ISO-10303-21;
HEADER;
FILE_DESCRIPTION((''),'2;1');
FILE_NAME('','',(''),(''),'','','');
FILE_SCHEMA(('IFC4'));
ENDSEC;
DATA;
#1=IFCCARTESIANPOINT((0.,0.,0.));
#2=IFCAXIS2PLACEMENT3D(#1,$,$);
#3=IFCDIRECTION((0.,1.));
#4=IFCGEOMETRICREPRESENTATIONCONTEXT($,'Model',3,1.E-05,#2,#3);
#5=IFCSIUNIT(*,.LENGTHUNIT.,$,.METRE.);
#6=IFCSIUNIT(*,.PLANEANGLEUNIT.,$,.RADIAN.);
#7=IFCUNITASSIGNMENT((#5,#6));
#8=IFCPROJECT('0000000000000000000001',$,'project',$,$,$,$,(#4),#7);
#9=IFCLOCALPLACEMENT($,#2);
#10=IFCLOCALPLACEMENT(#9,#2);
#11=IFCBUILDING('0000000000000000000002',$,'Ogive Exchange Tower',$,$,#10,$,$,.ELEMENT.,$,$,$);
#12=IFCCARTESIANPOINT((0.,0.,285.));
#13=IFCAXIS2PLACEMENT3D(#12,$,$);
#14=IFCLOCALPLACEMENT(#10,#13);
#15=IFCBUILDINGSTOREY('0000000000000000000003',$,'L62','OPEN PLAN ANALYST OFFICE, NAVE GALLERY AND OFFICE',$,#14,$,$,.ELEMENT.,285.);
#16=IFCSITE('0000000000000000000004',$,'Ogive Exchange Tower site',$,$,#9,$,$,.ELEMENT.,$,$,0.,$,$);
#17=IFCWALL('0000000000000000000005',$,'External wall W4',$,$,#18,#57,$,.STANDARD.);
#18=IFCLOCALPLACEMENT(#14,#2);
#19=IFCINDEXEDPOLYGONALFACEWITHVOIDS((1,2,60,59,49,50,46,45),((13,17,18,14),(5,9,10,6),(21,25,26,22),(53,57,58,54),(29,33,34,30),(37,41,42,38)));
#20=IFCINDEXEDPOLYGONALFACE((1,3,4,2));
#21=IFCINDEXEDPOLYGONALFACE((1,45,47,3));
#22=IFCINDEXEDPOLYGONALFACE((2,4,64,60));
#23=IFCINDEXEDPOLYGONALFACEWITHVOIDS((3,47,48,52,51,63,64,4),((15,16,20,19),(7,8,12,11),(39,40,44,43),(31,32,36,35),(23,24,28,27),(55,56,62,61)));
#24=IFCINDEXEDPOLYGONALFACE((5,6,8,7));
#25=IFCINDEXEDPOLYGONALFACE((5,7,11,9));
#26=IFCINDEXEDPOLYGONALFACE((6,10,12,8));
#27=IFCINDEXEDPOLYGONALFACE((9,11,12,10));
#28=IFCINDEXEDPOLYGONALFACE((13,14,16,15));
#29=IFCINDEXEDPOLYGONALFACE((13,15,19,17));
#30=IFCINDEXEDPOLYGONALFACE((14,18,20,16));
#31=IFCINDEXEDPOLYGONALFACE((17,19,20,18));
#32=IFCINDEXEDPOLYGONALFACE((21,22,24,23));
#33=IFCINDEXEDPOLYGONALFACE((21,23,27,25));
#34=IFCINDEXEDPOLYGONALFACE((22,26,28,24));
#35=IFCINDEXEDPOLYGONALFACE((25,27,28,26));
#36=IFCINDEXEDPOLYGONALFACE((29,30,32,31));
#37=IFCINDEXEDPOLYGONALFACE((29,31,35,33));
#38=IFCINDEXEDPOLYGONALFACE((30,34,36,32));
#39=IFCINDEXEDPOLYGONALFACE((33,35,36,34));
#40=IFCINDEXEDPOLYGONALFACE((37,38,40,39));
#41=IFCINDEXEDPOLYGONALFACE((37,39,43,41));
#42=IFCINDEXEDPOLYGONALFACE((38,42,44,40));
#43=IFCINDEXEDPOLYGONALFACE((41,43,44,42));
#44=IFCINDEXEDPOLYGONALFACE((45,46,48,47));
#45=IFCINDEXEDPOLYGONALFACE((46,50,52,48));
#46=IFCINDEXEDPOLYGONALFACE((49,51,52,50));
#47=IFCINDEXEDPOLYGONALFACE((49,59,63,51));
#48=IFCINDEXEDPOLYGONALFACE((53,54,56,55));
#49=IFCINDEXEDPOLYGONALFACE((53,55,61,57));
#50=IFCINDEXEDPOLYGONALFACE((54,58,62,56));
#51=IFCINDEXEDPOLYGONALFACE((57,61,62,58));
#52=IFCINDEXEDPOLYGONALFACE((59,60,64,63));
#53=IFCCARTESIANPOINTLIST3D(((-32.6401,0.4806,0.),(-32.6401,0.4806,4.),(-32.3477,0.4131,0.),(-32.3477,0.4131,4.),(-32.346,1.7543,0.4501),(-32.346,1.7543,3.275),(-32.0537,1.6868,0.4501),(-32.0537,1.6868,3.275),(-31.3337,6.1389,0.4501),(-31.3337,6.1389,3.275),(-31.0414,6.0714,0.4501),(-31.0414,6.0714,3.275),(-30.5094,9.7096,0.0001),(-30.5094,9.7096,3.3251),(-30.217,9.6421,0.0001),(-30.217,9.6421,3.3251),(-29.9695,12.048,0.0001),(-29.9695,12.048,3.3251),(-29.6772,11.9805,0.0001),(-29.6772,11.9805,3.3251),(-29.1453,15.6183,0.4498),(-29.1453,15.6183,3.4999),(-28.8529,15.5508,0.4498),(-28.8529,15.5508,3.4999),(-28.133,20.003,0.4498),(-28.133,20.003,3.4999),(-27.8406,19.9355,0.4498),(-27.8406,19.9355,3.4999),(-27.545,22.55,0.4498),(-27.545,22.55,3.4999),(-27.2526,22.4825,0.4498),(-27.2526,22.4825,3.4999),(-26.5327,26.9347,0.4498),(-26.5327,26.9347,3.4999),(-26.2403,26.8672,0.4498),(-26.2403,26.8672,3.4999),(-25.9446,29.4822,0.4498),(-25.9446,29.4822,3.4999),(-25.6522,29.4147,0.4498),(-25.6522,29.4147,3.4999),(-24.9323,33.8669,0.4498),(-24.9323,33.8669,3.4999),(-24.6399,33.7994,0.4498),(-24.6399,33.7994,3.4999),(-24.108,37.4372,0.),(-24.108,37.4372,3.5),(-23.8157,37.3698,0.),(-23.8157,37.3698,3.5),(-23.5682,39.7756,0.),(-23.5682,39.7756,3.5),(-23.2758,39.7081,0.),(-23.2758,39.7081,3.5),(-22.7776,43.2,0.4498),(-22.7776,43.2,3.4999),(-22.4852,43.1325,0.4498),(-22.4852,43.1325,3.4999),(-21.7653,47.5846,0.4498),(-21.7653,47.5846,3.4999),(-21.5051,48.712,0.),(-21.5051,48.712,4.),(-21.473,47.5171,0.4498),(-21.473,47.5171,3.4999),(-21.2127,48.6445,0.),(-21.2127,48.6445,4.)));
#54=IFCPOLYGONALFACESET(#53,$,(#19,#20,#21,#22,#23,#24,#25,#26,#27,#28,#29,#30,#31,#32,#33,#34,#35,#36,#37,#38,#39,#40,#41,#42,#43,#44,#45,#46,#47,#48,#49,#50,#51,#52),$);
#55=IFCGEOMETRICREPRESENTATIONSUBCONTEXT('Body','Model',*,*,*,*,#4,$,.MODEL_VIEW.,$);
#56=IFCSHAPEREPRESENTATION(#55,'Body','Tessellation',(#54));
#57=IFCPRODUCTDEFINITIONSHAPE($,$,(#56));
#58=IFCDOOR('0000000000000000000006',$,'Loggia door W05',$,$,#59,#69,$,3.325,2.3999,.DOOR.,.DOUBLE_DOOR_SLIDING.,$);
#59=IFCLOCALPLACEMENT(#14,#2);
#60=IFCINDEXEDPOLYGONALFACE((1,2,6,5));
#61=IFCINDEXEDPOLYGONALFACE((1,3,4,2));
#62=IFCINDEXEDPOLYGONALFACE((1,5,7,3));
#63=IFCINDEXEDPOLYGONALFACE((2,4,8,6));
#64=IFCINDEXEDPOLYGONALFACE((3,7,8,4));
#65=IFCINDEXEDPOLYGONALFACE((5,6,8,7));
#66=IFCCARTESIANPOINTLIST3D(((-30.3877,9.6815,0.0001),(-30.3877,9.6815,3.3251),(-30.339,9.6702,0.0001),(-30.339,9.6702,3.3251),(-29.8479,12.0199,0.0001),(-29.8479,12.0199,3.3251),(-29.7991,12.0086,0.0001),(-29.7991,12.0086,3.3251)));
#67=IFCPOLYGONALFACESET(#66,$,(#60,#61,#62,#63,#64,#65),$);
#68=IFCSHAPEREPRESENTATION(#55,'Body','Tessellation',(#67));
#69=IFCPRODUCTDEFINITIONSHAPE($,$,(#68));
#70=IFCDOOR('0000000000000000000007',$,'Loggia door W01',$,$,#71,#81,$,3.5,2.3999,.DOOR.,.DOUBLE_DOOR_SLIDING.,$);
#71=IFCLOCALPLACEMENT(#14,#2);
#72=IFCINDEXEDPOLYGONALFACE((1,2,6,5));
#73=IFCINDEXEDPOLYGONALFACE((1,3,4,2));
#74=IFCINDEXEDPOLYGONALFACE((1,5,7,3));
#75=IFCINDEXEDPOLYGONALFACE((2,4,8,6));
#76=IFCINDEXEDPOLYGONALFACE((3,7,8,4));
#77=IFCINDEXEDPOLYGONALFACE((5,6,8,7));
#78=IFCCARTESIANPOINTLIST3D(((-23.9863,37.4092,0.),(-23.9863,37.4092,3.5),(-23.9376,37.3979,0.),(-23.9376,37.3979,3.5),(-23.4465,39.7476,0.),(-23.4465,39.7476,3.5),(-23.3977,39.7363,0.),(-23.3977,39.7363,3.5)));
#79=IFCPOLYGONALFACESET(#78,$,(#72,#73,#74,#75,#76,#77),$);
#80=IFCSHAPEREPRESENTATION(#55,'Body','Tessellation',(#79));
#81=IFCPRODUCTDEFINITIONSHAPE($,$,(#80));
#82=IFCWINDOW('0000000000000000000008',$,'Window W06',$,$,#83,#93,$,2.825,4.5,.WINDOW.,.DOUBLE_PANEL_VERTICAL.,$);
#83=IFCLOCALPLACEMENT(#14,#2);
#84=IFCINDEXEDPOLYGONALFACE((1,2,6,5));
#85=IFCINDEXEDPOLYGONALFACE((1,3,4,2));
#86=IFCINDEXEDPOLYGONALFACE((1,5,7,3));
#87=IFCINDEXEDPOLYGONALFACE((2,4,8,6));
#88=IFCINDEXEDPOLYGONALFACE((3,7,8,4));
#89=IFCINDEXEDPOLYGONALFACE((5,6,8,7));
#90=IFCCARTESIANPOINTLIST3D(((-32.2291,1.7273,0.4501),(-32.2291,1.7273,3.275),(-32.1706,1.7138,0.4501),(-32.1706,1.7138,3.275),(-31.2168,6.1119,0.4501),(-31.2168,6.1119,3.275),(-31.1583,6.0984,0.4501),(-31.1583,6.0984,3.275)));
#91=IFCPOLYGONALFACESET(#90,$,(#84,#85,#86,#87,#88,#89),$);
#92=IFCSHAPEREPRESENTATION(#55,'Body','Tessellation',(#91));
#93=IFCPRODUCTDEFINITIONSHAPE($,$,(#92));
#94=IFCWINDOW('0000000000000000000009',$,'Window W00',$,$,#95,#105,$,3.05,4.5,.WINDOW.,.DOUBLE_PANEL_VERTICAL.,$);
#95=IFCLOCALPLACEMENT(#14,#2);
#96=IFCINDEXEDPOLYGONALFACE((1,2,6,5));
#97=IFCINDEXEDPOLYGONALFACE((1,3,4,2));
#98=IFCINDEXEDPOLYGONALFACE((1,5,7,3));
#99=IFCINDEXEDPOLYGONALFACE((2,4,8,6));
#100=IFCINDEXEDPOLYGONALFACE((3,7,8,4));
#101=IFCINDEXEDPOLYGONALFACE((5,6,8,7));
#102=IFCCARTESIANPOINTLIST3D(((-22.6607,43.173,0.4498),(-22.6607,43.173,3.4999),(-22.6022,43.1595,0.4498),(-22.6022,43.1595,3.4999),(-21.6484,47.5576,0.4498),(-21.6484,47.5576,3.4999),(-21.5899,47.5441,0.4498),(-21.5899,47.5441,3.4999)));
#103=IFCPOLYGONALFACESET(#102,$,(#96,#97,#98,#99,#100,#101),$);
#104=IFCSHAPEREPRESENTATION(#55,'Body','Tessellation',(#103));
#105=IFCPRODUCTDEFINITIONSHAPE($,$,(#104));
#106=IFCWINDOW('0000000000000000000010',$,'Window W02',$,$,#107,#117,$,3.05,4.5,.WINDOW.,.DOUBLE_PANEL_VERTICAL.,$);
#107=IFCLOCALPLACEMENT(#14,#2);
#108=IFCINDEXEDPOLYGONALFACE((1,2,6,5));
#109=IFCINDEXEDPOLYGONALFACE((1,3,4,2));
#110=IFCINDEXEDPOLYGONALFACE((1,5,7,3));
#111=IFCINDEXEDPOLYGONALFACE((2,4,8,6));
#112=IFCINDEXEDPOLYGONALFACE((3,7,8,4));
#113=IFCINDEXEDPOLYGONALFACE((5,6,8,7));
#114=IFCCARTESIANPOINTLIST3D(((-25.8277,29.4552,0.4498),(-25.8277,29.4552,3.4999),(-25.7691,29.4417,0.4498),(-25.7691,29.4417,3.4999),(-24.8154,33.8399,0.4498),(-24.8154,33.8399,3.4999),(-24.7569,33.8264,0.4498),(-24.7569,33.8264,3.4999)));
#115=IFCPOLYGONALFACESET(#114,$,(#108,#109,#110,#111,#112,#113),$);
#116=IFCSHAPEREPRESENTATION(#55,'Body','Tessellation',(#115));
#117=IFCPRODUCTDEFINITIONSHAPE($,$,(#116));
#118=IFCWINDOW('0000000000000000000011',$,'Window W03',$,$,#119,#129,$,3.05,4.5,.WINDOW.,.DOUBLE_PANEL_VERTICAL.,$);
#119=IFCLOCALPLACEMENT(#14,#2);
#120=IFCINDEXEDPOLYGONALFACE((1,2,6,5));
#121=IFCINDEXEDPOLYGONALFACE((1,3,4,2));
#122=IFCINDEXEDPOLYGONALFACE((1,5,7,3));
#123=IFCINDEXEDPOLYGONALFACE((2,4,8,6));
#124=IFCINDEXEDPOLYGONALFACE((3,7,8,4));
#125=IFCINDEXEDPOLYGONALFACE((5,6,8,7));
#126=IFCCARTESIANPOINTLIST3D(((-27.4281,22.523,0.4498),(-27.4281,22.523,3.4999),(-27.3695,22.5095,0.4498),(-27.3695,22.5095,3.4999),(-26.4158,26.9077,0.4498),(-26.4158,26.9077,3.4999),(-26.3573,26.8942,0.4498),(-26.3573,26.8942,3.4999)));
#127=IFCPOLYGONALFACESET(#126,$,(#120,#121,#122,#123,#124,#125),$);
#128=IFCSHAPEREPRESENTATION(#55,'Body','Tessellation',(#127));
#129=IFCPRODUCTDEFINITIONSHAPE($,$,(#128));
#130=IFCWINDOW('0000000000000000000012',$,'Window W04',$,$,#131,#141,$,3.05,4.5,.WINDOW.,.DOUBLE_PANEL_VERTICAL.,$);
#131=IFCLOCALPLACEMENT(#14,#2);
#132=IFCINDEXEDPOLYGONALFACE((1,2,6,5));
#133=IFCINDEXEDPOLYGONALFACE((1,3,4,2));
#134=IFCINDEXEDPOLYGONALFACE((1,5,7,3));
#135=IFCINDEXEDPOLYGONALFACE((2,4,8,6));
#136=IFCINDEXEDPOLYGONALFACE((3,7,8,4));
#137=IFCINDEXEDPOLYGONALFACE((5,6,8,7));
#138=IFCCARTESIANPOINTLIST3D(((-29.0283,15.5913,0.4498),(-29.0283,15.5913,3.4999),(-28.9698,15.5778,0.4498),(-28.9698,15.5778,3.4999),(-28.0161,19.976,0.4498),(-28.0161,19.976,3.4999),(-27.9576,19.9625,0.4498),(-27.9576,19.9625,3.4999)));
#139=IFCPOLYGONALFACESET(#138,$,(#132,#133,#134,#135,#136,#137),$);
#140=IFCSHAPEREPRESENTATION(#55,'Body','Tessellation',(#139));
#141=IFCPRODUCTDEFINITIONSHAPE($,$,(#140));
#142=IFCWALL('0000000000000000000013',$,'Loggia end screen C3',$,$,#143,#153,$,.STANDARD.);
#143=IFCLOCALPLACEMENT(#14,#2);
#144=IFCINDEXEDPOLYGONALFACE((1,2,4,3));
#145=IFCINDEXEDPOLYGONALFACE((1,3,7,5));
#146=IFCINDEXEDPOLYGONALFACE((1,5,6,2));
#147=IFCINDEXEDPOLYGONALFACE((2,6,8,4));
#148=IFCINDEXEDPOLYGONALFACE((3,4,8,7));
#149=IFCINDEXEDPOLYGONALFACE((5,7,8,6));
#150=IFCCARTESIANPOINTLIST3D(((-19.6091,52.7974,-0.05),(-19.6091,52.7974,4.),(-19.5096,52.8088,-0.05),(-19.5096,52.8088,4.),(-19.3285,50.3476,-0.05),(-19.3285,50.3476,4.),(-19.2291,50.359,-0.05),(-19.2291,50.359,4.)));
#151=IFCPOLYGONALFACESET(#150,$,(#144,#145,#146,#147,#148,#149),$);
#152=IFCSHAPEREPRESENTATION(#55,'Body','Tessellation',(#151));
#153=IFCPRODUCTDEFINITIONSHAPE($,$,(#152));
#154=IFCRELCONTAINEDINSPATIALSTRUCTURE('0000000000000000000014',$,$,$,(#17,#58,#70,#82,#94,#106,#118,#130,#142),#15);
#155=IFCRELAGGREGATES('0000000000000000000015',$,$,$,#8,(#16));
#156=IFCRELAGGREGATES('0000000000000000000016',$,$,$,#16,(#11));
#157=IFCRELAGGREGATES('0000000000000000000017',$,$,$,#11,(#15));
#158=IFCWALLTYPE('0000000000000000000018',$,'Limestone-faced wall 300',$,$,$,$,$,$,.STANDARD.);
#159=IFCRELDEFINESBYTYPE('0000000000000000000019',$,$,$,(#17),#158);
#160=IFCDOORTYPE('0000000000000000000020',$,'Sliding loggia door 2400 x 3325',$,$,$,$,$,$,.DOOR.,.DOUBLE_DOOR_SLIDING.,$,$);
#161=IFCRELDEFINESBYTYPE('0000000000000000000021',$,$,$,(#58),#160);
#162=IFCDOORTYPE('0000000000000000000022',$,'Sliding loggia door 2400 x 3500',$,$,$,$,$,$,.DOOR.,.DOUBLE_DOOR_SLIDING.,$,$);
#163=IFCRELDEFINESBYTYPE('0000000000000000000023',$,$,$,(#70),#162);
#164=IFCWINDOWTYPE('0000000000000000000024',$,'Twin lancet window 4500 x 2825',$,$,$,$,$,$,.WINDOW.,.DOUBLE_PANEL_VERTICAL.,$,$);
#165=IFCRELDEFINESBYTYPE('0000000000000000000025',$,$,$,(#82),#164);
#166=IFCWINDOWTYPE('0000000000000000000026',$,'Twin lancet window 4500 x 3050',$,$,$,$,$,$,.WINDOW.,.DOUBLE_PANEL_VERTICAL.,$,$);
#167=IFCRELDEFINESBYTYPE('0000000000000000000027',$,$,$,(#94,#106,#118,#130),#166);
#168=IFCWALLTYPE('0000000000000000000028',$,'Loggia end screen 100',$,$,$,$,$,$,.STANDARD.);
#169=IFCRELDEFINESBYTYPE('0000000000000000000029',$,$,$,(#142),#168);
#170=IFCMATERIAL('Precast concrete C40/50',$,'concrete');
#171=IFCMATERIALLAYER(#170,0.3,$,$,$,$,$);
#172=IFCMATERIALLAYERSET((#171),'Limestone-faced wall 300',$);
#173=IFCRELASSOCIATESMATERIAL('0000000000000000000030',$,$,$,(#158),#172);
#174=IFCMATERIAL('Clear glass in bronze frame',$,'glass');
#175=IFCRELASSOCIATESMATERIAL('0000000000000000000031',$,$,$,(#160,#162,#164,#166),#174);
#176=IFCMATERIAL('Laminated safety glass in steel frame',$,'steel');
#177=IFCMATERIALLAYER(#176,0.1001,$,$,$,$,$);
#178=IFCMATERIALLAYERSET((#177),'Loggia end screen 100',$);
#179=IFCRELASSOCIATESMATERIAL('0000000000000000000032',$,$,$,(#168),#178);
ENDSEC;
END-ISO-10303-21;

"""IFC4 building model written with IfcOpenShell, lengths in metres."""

from ifc_helpers import new_model, si_unit, direction, frame, frame_2d, origin, place, context, subcontext, project, spatial, rectangle, extrude, material, layer, layer_set, type_object, element, fill, save


model = new_model("IFC4")

# Units and contexts
model_context = context("Model", 3, precision=1e-05, world=origin(), true_north=direction((0.0, 1.0)))
body_context = subcontext(model_context, "Body", "Model", "MODEL_VIEW")
ifc_project = project(units=[si_unit("LENGTHUNIT", "METRE"), si_unit("PLANEANGLEUNIT", "RADIAN")], contexts=[model_context])

# Site, building, storey
site_placement = place(None, origin())
site = spatial("IfcSite", under=ifc_project, at=site_placement, Name="Ogive Exchange Tower site", CompositionType="ELEMENT", RefElevation=0.0)
building_placement = place(site_placement, origin())
building = spatial("IfcBuilding", under=site, at=building_placement, Name="Ogive Exchange Tower", CompositionType="ELEMENT")
storey_placement = place(building_placement, frame((0.0, 0.0, 285.0)))
storey = spatial("IfcBuildingStorey", under=building, at=storey_placement, Name="L62", Description="OPEN PLAN ANALYST OFFICE, NAVE GALLERY AND OFFICE", CompositionType="ELEMENT", Elevation=285.0)

# Wall, openings, doors, windows
ifc_material_1 = material(Name="Precast concrete C40/50", Category="concrete")
ifc_layer_1 = layer(ifc_material_1, 0.3)
ifc_layer_set_1 = layer_set([ifc_layer_1], Name="Limestone-faced wall 300")
wall_type_1 = type_object("IfcWallType", Name="Limestone-faced wall 300", PredefinedType="STANDARD", material=ifc_layer_set_1)
wall_1_placement = place(storey_placement, frame((-21.3589, 48.6782, 0.0), z_axis=(0.0, 0.0, 1.0), x_axis=(-0.224949, -0.97437, 0.0)))
wall_1 = element("IfcWall", 1, at=wall_1_placement, inside=storey, type_object=wall_type_1, Name="External wall W4", PredefinedType="STANDARD", context=body_context, shape_type="SweptSolid", body=[
    extrude(rectangle(XDim=49.5, YDim=0.3, at=frame_2d((24.75, 0.0))), origin(), (0.0, 0.0, 1.0), 4.0),
])
opening_1_placement = place(wall_1_placement, frame((1.157, 0.0, 0.45)))
opening_1 = element("IfcOpeningElement", 2, at=opening_1_placement, cuts=wall_1, PredefinedType="OPENING", context=body_context, shape_type="SweptSolid", body=[
    extrude(rectangle(XDim=4.5, YDim=3.05, at=frame_2d((2.25, 1.5249))), frame((0.0, 0.1599, 0.0), z_axis=(0.0, -1.0, 0.0), x_axis=(1.0, 0.0, 0.0)), (0.0, 0.0, 1.0), 0.3201),
])
opening_2_placement = place(wall_1_placement, frame((9.1714, 0.0, 0.0)))
opening_2 = element("IfcOpeningElement", 3, at=opening_2_placement, cuts=wall_1, PredefinedType="OPENING", context=body_context, shape_type="SweptSolid", body=[
    extrude(rectangle(XDim=2.3999, YDim=3.5, at=frame_2d((1.2, 1.75))), frame((0.0, 0.1599, 0.0), z_axis=(0.0, -1.0, 0.0), x_axis=(1.0, 0.0, 0.0)), (0.0, 0.0, 1.0), 0.3201),
])
opening_3_placement = place(wall_1_placement, frame((15.2356, 0.0, 0.45)))
opening_3 = element("IfcOpeningElement", 4, at=opening_3_placement, cuts=wall_1, PredefinedType="OPENING", context=body_context, shape_type="SweptSolid", body=[
    extrude(rectangle(XDim=4.5, YDim=3.05, at=frame_2d((2.25, 1.5249))), frame((0.0, 0.1599, 0.0), z_axis=(0.0, -1.0, 0.0), x_axis=(1.0, 0.0, 0.0)), (0.0, 0.0, 1.0), 0.3201),
])
opening_4_placement = place(wall_1_placement, frame((22.3501, 0.0, 0.45)))
opening_4 = element("IfcOpeningElement", 5, at=opening_4_placement, cuts=wall_1, PredefinedType="OPENING", context=body_context, shape_type="SweptSolid", body=[
    extrude(rectangle(XDim=4.5, YDim=3.05, at=frame_2d((2.25, 1.5249))), frame((0.0, 0.1599, 0.0), z_axis=(0.0, -1.0, 0.0), x_axis=(1.0, 0.0, 0.0)), (0.0, 0.0, 1.0), 0.3201),
])
opening_5_placement = place(wall_1_placement, frame((29.4641, 0.0, 0.45)))
opening_5 = element("IfcOpeningElement", 6, at=opening_5_placement, cuts=wall_1, PredefinedType="OPENING", context=body_context, shape_type="SweptSolid", body=[
    extrude(rectangle(XDim=4.5, YDim=3.05, at=frame_2d((2.25, 1.5249))), frame((0.0, 0.1599, 0.0), z_axis=(0.0, -1.0, 0.0), x_axis=(1.0, 0.0, 0.0)), (0.0, 0.0, 1.0), 0.3201),
])
opening_6_placement = place(wall_1_placement, frame((37.6284, 0.0, 0.0)))
opening_6 = element("IfcOpeningElement", 7, at=opening_6_placement, cuts=wall_1, PredefinedType="OPENING", context=body_context, shape_type="SweptSolid", body=[
    extrude(rectangle(XDim=2.3999, YDim=3.325, at=frame_2d((1.2, 1.6626))), frame((0.0, 0.1599, 0.0), z_axis=(0.0, -1.0, 0.0), x_axis=(1.0, 0.0, 0.0)), (0.0, 0.0, 1.0), 0.3201),
])
opening_7_placement = place(wall_1_placement, frame((43.6929, 0.0, 0.45)))
opening_7 = element("IfcOpeningElement", 8, at=opening_7_placement, cuts=wall_1, PredefinedType="OPENING", context=body_context, shape_type="SweptSolid", body=[
    extrude(rectangle(XDim=4.5, YDim=2.825, at=frame_2d((2.25, 1.4126))), frame((0.0, 0.1599, 0.0), z_axis=(0.0, -1.0, 0.0), x_axis=(1.0, 0.0, 0.0)), (0.0, 0.0, 1.0), 0.3201),
])
ifc_material_2 = material(Name="Clear glass in bronze frame", Category="glass")
door_type_1 = type_object("IfcDoorType", Name="Sliding loggia door 2400 x 3325", OperationType="DOUBLE_DOOR_SLIDING", PredefinedType="DOOR", material=ifc_material_2)
door_1_placement = place(opening_6_placement, origin())
door_1 = element("IfcDoor", 9, at=door_1_placement, inside=storey, type_object=door_type_1, Name="Loggia door W05", OperationType="DOUBLE_DOOR_SLIDING", OverallHeight=3.325, OverallWidth=2.3999, PredefinedType="DOOR", context=body_context, shape_type="SweptSolid", body=[
    extrude(rectangle(XDim=2.3999, YDim=3.325, at=frame_2d((1.2, 1.6626))), frame((0.0, 0.0249, 0.0), z_axis=(0.0, -1.0, 0.0), x_axis=(1.0, 0.0, 0.0)), (0.0, 0.0, 1.0), 0.05),
])
fill(opening_6, door_1)
door_type_2 = type_object("IfcDoorType", Name="Sliding loggia door 2400 x 3500", OperationType="DOUBLE_DOOR_SLIDING", PredefinedType="DOOR", material=ifc_material_2)
door_2_placement = place(opening_2_placement, origin())
door_2 = element("IfcDoor", 10, at=door_2_placement, inside=storey, type_object=door_type_2, Name="Loggia door W01", OperationType="DOUBLE_DOOR_SLIDING", OverallHeight=3.5, OverallWidth=2.3999, PredefinedType="DOOR", context=body_context, shape_type="SweptSolid", body=[
    extrude(rectangle(XDim=2.3999, YDim=3.5, at=frame_2d((1.2, 1.75))), frame((0.0, 0.0249, 0.0), z_axis=(0.0, -1.0, 0.0), x_axis=(1.0, 0.0, 0.0)), (0.0, 0.0, 1.0), 0.05),
])
fill(opening_2, door_2)
window_type_1 = type_object("IfcWindowType", Name="Twin lancet window 4500 x 2825", PartitioningType="DOUBLE_PANEL_VERTICAL", PredefinedType="WINDOW", material=ifc_material_2)
window_1_placement = place(opening_7_placement, origin())
window_1 = element("IfcWindow", 11, at=window_1_placement, inside=storey, type_object=window_type_1, Name="Window W06", OverallHeight=2.825, OverallWidth=4.5, PartitioningType="DOUBLE_PANEL_VERTICAL", PredefinedType="WINDOW", context=body_context, shape_type="SweptSolid", body=[
    extrude(rectangle(XDim=4.5, YDim=2.825, at=frame_2d((2.25, 1.4126))), frame((0.0, 0.03, 0.0), z_axis=(0.0, -1.0, 0.0), x_axis=(1.0, 0.0, 0.0)), (0.0, 0.0, 1.0), 0.0601),
])
fill(opening_7, window_1)
window_type_2 = type_object("IfcWindowType", Name="Twin lancet window 4500 x 3050", PartitioningType="DOUBLE_PANEL_VERTICAL", PredefinedType="WINDOW", material=ifc_material_2)
window_2_placement = place(opening_1_placement, origin())
window_2 = element("IfcWindow", 12, at=window_2_placement, inside=storey, type_object=window_type_2, Name="Window W00", OverallHeight=3.05, OverallWidth=4.5, PartitioningType="DOUBLE_PANEL_VERTICAL", PredefinedType="WINDOW", context=body_context, shape_type="SweptSolid", body=[
    extrude(rectangle(XDim=4.5, YDim=3.05, at=frame_2d((2.25, 1.5249))), frame((0.0, 0.03, 0.0), z_axis=(0.0, -1.0, 0.0), x_axis=(1.0, 0.0, 0.0)), (0.0, 0.0, 1.0), 0.0601),
])
fill(opening_1, window_2)
window_3_placement = place(opening_3_placement, origin())
window_3 = element("IfcWindow", 13, at=window_3_placement, inside=storey, type_object=window_type_2, Name="Window W02", OverallHeight=3.05, OverallWidth=4.5, PartitioningType="DOUBLE_PANEL_VERTICAL", PredefinedType="WINDOW", context=body_context, shape_type="SweptSolid", body=[
    extrude(rectangle(XDim=4.5, YDim=3.05, at=frame_2d((2.25, 1.5249))), frame((0.0, 0.03, 0.0), z_axis=(0.0, -1.0, 0.0), x_axis=(1.0, 0.0, 0.0)), (0.0, 0.0, 1.0), 0.0601),
])
fill(opening_3, window_3)
window_4_placement = place(opening_4_placement, origin())
window_4 = element("IfcWindow", 14, at=window_4_placement, inside=storey, type_object=window_type_2, Name="Window W03", OverallHeight=3.05, OverallWidth=4.5, PartitioningType="DOUBLE_PANEL_VERTICAL", PredefinedType="WINDOW", context=body_context, shape_type="SweptSolid", body=[
    extrude(rectangle(XDim=4.5, YDim=3.05, at=frame_2d((2.25, 1.5249))), frame((0.0, 0.03, 0.0), z_axis=(0.0, -1.0, 0.0), x_axis=(1.0, 0.0, 0.0)), (0.0, 0.0, 1.0), 0.0601),
])
fill(opening_4, window_4)
window_5_placement = place(opening_5_placement, origin())
window_5 = element("IfcWindow", 15, at=window_5_placement, inside=storey, type_object=window_type_2, Name="Window W04", OverallHeight=3.05, OverallWidth=4.5, PartitioningType="DOUBLE_PANEL_VERTICAL", PredefinedType="WINDOW", context=body_context, shape_type="SweptSolid", body=[
    extrude(rectangle(XDim=4.5, YDim=3.05, at=frame_2d((2.25, 1.5249))), frame((0.0, 0.03, 0.0), z_axis=(0.0, -1.0, 0.0), x_axis=(1.0, 0.0, 0.0)), (0.0, 0.0, 1.0), 0.0601),
])
fill(opening_5, window_5)

# Wall
ifc_material_3 = material(Name="Laminated safety glass in steel frame", Category="steel")
ifc_layer_2 = layer(ifc_material_3, 0.1001)
ifc_layer_set_2 = layer_set([ifc_layer_2], Name="Loggia end screen 100")
wall_type_2 = type_object("IfcWallType", Name="Loggia end screen 100", PredefinedType="STANDARD", material=ifc_layer_set_2)
wall_2_placement = place(storey_placement, frame((-19.2788, 50.3533, -0.05), z_axis=(0.0, 0.0, 1.0), x_axis=(-0.113767, 0.993507, 0.0)))
element("IfcWall", 16, at=wall_2_placement, inside=storey, type_object=wall_type_2, Name="Loggia end screen C3", PredefinedType="STANDARD", context=body_context, shape_type="SweptSolid", body=[
    extrude(rectangle(XDim=2.4658, YDim=0.1001, at=frame_2d((1.2329, 0.0))), origin(), (0.0, 0.0, 1.0), 4.05),
])

save(model, "model.ifc")
